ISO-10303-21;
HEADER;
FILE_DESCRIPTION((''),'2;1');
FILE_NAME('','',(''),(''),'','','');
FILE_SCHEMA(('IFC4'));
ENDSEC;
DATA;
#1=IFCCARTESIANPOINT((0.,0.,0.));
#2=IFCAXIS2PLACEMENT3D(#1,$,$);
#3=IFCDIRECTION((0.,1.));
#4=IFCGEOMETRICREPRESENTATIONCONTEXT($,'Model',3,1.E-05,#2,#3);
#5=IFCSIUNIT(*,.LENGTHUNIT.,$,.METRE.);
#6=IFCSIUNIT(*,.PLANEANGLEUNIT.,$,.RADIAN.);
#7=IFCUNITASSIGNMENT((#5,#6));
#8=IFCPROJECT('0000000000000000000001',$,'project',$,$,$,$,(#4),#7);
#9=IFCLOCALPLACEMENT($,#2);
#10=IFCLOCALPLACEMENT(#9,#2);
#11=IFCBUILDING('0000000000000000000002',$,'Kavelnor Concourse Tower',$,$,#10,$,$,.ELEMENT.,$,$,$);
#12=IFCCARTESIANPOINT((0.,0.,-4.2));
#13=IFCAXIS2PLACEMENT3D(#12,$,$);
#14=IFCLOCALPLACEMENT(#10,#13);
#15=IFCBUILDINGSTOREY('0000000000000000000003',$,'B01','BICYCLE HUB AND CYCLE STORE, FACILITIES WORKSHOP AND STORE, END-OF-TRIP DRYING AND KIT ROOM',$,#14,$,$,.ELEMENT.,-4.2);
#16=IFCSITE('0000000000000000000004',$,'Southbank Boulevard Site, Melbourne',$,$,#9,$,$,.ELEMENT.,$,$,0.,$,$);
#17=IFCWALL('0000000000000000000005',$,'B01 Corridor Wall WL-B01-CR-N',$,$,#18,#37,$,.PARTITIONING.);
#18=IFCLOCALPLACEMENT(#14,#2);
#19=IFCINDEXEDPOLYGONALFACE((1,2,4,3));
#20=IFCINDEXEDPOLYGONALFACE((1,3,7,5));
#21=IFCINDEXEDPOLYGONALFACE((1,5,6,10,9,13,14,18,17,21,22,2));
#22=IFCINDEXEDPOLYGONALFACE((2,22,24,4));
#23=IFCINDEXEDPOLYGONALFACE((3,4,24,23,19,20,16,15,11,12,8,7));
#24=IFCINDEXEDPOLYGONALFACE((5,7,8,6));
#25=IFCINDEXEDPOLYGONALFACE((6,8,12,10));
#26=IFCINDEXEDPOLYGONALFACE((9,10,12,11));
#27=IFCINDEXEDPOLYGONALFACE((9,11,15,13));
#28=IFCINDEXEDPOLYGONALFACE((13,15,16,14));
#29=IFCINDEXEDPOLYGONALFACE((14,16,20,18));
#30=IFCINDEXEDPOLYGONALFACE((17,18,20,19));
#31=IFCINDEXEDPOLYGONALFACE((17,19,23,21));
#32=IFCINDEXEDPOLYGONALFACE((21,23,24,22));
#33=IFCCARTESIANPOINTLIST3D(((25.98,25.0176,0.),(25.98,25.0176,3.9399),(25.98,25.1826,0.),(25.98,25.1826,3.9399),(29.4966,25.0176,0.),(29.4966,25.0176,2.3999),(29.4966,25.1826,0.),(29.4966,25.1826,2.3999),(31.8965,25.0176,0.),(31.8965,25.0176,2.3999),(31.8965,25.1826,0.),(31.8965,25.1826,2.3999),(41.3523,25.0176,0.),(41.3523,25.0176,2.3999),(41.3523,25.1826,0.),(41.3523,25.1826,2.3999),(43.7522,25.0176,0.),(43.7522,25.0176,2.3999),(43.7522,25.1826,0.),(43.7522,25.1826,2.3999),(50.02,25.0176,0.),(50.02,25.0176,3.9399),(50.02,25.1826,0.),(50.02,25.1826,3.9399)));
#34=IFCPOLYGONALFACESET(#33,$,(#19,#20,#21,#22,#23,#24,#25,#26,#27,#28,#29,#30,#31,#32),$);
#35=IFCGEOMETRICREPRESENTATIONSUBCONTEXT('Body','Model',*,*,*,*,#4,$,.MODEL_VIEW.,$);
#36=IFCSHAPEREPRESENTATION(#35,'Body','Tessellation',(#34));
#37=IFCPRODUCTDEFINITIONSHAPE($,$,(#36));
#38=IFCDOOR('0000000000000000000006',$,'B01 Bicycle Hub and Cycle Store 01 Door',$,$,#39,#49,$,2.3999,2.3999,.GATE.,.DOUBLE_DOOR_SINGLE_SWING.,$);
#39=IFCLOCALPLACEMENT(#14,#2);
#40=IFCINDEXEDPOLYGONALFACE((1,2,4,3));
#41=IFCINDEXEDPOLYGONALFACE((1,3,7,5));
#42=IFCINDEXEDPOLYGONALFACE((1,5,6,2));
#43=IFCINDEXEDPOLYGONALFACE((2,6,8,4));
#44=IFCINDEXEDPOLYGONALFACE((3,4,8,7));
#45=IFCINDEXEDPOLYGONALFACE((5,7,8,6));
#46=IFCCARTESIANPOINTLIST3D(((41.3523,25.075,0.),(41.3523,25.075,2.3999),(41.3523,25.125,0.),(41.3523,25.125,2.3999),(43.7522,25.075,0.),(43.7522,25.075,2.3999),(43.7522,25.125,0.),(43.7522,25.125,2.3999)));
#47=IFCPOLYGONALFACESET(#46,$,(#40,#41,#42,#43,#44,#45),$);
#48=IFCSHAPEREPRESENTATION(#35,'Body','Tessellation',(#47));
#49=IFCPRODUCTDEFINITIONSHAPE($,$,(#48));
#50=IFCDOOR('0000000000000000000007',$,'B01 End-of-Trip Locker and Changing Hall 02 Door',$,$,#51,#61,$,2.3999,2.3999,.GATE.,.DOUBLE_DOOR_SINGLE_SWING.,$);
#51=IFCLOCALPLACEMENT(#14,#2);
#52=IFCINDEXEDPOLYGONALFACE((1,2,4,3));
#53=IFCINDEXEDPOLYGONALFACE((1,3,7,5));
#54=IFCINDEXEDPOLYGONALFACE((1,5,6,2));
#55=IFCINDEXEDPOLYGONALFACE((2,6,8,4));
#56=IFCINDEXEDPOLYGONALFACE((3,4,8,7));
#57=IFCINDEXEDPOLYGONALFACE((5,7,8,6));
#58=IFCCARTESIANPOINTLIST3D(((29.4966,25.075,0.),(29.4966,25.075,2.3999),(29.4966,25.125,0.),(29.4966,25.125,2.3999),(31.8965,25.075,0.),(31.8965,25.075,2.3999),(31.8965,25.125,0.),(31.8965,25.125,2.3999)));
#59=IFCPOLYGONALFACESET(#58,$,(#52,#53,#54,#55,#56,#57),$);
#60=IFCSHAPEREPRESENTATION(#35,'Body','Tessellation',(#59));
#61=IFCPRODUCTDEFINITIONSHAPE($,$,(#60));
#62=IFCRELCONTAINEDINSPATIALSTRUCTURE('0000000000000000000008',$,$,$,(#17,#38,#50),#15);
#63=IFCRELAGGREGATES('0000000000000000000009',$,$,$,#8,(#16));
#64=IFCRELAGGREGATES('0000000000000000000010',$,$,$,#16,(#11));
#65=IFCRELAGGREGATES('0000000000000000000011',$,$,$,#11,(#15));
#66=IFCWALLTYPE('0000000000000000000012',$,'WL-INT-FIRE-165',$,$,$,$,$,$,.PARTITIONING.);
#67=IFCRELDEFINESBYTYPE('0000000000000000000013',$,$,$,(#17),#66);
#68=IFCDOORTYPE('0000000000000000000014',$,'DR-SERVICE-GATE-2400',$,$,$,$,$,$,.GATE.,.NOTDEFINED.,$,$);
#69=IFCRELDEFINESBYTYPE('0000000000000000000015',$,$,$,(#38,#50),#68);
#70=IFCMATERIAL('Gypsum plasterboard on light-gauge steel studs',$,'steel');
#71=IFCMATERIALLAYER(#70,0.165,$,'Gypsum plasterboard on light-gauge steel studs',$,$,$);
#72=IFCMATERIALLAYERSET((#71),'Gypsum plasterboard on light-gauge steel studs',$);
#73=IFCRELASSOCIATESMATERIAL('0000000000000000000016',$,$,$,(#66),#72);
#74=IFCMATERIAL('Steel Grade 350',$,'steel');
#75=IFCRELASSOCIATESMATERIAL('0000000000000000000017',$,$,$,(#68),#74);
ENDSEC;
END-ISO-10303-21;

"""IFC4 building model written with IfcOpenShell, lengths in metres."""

from ifc_helpers import new_model, si_unit, direction, frame, frame_2d, origin, place, context, subcontext, project, spatial, rectangle, extrude, material, layer, layer_set, type_object, element, fill, save


model = new_model("IFC4")

# Units and contexts
model_context = context("Model", 3, precision=1e-05, world=origin(), true_north=direction((0.0, 1.0)))
body_context = subcontext(model_context, "Body", "Model", "MODEL_VIEW")
ifc_project = project(units=[si_unit("LENGTHUNIT", "METRE"), si_unit("PLANEANGLEUNIT", "RADIAN")], contexts=[model_context])

# Site, building, storey
site_placement = place(None, origin())
site = spatial("IfcSite", under=ifc_project, at=site_placement, Name="Southbank Boulevard Site, Melbourne", CompositionType="ELEMENT", RefElevation=0.0)
building_placement = place(site_placement, origin())
building = spatial("IfcBuilding", under=site, at=building_placement, Name="Kavelnor Concourse Tower", CompositionType="ELEMENT")
storey_placement = place(building_placement, frame((0.0, 0.0, -4.2)))
storey = spatial("IfcBuildingStorey", under=building, at=storey_placement, Name="B01", Description="BICYCLE HUB AND CYCLE STORE, FACILITIES WORKSHOP AND STORE, END-OF-TRIP DRYING AND KIT ROOM", CompositionType="ELEMENT", Elevation=-4.2)

# Shared definitions
ifc_material_1 = material(Name="Steel Grade 350", Category="steel")

# Wall, openings, doors
ifc_material_2 = material(Name="Gypsum plasterboard on light-gauge steel studs", Category="steel")
ifc_layer_1 = layer(ifc_material_2, 0.165, Name="Gypsum plasterboard on light-gauge steel studs")
ifc_layer_set_1 = layer_set([ifc_layer_1], Name="Gypsum plasterboard on light-gauge steel studs")
wall_type_1 = type_object("IfcWallType", Name="WL-INT-FIRE-165", PredefinedType="PARTITIONING", material=ifc_layer_set_1)
wall_1_placement = place(storey_placement, frame((25.98, 25.1001, 0.0), z_axis=(0.0, 0.0, 1.0), x_axis=(1.0, 0.0, 0.0)))
wall_1 = element("IfcWall", 1, at=wall_1_placement, inside=storey, type_object=wall_type_1, Name="B01 Corridor Wall WL-B01-CR-N", PredefinedType="PARTITIONING", context=body_context, shape_type="SweptSolid", body=[
    extrude(rectangle(XDim=24.04, YDim=0.165, at=frame_2d((12.02, 0.0))), origin(), (0.0, 0.0, 1.0), 3.9399),
])
opening_1_placement = place(wall_1_placement, frame((15.3723, 0.0, 0.0)))
opening_1 = element("IfcOpeningElement", 2, at=opening_1_placement, cuts=wall_1, PredefinedType="OPENING", context=body_context, shape_type="SweptSolid", body=[
    extrude(rectangle(XDim=2.3999, YDim=2.3999, at=frame_2d((1.2, 1.2))), frame((0.0, 0.0925, 0.0), z_axis=(0.0, -1.0, 0.0), x_axis=(1.0, 0.0, 0.0)), (0.0, 0.0, 1.0), 0.1851),
])
opening_2_placement = place(wall_1_placement, frame((3.5166, 0.0, 0.0)))
opening_2 = element("IfcOpeningElement", 3, at=opening_2_placement, cuts=wall_1, PredefinedType="OPENING", context=body_context, shape_type="SweptSolid", body=[
    extrude(rectangle(XDim=2.3999, YDim=2.3999, at=frame_2d((1.2, 1.2))), frame((0.0, 0.0925, 0.0), z_axis=(0.0, -1.0, 0.0), x_axis=(1.0, 0.0, 0.0)), (0.0, 0.0, 1.0), 0.1851),
])
door_type = type_object("IfcDoorType", Name="DR-SERVICE-GATE-2400", OperationType="NOTDEFINED", PredefinedType="GATE", material=ifc_material_1)
door_1_placement = place(opening_1_placement, origin())
door_1 = element("IfcDoor", 4, at=door_1_placement, inside=storey, type_object=door_type, Name="B01 Bicycle Hub and Cycle Store 01 Door", OperationType="DOUBLE_DOOR_SINGLE_SWING", OverallHeight=2.3999, OverallWidth=2.3999, PredefinedType="GATE", context=body_context, shape_type="SweptSolid", body=[
    extrude(rectangle(XDim=2.3999, YDim=2.3999, at=frame_2d((1.2, 1.2))), frame((0.0, 0.0249, 0.0), z_axis=(0.0, -1.0, 0.0), x_axis=(1.0, 0.0, 0.0)), (0.0, 0.0, 1.0), 0.05),
])
fill(opening_1, door_1)
door_2_placement = place(opening_2_placement, origin())
door_2 = element("IfcDoor", 5, at=door_2_placement, inside=storey, type_object=door_type, Name="B01 End-of-Trip Locker and Changing Hall 02 Door", OperationType="DOUBLE_DOOR_SINGLE_SWING", OverallHeight=2.3999, OverallWidth=2.3999, PredefinedType="GATE", context=body_context, shape_type="SweptSolid", body=[
    extrude(rectangle(XDim=2.3999, YDim=2.3999, at=frame_2d((1.2, 1.2))), frame((0.0, 0.0249, 0.0), z_axis=(0.0, -1.0, 0.0), x_axis=(1.0, 0.0, 0.0)), (0.0, 0.0, 1.0), 0.05),
])
fill(opening_2, door_2)

save(model, "model.ifc")
